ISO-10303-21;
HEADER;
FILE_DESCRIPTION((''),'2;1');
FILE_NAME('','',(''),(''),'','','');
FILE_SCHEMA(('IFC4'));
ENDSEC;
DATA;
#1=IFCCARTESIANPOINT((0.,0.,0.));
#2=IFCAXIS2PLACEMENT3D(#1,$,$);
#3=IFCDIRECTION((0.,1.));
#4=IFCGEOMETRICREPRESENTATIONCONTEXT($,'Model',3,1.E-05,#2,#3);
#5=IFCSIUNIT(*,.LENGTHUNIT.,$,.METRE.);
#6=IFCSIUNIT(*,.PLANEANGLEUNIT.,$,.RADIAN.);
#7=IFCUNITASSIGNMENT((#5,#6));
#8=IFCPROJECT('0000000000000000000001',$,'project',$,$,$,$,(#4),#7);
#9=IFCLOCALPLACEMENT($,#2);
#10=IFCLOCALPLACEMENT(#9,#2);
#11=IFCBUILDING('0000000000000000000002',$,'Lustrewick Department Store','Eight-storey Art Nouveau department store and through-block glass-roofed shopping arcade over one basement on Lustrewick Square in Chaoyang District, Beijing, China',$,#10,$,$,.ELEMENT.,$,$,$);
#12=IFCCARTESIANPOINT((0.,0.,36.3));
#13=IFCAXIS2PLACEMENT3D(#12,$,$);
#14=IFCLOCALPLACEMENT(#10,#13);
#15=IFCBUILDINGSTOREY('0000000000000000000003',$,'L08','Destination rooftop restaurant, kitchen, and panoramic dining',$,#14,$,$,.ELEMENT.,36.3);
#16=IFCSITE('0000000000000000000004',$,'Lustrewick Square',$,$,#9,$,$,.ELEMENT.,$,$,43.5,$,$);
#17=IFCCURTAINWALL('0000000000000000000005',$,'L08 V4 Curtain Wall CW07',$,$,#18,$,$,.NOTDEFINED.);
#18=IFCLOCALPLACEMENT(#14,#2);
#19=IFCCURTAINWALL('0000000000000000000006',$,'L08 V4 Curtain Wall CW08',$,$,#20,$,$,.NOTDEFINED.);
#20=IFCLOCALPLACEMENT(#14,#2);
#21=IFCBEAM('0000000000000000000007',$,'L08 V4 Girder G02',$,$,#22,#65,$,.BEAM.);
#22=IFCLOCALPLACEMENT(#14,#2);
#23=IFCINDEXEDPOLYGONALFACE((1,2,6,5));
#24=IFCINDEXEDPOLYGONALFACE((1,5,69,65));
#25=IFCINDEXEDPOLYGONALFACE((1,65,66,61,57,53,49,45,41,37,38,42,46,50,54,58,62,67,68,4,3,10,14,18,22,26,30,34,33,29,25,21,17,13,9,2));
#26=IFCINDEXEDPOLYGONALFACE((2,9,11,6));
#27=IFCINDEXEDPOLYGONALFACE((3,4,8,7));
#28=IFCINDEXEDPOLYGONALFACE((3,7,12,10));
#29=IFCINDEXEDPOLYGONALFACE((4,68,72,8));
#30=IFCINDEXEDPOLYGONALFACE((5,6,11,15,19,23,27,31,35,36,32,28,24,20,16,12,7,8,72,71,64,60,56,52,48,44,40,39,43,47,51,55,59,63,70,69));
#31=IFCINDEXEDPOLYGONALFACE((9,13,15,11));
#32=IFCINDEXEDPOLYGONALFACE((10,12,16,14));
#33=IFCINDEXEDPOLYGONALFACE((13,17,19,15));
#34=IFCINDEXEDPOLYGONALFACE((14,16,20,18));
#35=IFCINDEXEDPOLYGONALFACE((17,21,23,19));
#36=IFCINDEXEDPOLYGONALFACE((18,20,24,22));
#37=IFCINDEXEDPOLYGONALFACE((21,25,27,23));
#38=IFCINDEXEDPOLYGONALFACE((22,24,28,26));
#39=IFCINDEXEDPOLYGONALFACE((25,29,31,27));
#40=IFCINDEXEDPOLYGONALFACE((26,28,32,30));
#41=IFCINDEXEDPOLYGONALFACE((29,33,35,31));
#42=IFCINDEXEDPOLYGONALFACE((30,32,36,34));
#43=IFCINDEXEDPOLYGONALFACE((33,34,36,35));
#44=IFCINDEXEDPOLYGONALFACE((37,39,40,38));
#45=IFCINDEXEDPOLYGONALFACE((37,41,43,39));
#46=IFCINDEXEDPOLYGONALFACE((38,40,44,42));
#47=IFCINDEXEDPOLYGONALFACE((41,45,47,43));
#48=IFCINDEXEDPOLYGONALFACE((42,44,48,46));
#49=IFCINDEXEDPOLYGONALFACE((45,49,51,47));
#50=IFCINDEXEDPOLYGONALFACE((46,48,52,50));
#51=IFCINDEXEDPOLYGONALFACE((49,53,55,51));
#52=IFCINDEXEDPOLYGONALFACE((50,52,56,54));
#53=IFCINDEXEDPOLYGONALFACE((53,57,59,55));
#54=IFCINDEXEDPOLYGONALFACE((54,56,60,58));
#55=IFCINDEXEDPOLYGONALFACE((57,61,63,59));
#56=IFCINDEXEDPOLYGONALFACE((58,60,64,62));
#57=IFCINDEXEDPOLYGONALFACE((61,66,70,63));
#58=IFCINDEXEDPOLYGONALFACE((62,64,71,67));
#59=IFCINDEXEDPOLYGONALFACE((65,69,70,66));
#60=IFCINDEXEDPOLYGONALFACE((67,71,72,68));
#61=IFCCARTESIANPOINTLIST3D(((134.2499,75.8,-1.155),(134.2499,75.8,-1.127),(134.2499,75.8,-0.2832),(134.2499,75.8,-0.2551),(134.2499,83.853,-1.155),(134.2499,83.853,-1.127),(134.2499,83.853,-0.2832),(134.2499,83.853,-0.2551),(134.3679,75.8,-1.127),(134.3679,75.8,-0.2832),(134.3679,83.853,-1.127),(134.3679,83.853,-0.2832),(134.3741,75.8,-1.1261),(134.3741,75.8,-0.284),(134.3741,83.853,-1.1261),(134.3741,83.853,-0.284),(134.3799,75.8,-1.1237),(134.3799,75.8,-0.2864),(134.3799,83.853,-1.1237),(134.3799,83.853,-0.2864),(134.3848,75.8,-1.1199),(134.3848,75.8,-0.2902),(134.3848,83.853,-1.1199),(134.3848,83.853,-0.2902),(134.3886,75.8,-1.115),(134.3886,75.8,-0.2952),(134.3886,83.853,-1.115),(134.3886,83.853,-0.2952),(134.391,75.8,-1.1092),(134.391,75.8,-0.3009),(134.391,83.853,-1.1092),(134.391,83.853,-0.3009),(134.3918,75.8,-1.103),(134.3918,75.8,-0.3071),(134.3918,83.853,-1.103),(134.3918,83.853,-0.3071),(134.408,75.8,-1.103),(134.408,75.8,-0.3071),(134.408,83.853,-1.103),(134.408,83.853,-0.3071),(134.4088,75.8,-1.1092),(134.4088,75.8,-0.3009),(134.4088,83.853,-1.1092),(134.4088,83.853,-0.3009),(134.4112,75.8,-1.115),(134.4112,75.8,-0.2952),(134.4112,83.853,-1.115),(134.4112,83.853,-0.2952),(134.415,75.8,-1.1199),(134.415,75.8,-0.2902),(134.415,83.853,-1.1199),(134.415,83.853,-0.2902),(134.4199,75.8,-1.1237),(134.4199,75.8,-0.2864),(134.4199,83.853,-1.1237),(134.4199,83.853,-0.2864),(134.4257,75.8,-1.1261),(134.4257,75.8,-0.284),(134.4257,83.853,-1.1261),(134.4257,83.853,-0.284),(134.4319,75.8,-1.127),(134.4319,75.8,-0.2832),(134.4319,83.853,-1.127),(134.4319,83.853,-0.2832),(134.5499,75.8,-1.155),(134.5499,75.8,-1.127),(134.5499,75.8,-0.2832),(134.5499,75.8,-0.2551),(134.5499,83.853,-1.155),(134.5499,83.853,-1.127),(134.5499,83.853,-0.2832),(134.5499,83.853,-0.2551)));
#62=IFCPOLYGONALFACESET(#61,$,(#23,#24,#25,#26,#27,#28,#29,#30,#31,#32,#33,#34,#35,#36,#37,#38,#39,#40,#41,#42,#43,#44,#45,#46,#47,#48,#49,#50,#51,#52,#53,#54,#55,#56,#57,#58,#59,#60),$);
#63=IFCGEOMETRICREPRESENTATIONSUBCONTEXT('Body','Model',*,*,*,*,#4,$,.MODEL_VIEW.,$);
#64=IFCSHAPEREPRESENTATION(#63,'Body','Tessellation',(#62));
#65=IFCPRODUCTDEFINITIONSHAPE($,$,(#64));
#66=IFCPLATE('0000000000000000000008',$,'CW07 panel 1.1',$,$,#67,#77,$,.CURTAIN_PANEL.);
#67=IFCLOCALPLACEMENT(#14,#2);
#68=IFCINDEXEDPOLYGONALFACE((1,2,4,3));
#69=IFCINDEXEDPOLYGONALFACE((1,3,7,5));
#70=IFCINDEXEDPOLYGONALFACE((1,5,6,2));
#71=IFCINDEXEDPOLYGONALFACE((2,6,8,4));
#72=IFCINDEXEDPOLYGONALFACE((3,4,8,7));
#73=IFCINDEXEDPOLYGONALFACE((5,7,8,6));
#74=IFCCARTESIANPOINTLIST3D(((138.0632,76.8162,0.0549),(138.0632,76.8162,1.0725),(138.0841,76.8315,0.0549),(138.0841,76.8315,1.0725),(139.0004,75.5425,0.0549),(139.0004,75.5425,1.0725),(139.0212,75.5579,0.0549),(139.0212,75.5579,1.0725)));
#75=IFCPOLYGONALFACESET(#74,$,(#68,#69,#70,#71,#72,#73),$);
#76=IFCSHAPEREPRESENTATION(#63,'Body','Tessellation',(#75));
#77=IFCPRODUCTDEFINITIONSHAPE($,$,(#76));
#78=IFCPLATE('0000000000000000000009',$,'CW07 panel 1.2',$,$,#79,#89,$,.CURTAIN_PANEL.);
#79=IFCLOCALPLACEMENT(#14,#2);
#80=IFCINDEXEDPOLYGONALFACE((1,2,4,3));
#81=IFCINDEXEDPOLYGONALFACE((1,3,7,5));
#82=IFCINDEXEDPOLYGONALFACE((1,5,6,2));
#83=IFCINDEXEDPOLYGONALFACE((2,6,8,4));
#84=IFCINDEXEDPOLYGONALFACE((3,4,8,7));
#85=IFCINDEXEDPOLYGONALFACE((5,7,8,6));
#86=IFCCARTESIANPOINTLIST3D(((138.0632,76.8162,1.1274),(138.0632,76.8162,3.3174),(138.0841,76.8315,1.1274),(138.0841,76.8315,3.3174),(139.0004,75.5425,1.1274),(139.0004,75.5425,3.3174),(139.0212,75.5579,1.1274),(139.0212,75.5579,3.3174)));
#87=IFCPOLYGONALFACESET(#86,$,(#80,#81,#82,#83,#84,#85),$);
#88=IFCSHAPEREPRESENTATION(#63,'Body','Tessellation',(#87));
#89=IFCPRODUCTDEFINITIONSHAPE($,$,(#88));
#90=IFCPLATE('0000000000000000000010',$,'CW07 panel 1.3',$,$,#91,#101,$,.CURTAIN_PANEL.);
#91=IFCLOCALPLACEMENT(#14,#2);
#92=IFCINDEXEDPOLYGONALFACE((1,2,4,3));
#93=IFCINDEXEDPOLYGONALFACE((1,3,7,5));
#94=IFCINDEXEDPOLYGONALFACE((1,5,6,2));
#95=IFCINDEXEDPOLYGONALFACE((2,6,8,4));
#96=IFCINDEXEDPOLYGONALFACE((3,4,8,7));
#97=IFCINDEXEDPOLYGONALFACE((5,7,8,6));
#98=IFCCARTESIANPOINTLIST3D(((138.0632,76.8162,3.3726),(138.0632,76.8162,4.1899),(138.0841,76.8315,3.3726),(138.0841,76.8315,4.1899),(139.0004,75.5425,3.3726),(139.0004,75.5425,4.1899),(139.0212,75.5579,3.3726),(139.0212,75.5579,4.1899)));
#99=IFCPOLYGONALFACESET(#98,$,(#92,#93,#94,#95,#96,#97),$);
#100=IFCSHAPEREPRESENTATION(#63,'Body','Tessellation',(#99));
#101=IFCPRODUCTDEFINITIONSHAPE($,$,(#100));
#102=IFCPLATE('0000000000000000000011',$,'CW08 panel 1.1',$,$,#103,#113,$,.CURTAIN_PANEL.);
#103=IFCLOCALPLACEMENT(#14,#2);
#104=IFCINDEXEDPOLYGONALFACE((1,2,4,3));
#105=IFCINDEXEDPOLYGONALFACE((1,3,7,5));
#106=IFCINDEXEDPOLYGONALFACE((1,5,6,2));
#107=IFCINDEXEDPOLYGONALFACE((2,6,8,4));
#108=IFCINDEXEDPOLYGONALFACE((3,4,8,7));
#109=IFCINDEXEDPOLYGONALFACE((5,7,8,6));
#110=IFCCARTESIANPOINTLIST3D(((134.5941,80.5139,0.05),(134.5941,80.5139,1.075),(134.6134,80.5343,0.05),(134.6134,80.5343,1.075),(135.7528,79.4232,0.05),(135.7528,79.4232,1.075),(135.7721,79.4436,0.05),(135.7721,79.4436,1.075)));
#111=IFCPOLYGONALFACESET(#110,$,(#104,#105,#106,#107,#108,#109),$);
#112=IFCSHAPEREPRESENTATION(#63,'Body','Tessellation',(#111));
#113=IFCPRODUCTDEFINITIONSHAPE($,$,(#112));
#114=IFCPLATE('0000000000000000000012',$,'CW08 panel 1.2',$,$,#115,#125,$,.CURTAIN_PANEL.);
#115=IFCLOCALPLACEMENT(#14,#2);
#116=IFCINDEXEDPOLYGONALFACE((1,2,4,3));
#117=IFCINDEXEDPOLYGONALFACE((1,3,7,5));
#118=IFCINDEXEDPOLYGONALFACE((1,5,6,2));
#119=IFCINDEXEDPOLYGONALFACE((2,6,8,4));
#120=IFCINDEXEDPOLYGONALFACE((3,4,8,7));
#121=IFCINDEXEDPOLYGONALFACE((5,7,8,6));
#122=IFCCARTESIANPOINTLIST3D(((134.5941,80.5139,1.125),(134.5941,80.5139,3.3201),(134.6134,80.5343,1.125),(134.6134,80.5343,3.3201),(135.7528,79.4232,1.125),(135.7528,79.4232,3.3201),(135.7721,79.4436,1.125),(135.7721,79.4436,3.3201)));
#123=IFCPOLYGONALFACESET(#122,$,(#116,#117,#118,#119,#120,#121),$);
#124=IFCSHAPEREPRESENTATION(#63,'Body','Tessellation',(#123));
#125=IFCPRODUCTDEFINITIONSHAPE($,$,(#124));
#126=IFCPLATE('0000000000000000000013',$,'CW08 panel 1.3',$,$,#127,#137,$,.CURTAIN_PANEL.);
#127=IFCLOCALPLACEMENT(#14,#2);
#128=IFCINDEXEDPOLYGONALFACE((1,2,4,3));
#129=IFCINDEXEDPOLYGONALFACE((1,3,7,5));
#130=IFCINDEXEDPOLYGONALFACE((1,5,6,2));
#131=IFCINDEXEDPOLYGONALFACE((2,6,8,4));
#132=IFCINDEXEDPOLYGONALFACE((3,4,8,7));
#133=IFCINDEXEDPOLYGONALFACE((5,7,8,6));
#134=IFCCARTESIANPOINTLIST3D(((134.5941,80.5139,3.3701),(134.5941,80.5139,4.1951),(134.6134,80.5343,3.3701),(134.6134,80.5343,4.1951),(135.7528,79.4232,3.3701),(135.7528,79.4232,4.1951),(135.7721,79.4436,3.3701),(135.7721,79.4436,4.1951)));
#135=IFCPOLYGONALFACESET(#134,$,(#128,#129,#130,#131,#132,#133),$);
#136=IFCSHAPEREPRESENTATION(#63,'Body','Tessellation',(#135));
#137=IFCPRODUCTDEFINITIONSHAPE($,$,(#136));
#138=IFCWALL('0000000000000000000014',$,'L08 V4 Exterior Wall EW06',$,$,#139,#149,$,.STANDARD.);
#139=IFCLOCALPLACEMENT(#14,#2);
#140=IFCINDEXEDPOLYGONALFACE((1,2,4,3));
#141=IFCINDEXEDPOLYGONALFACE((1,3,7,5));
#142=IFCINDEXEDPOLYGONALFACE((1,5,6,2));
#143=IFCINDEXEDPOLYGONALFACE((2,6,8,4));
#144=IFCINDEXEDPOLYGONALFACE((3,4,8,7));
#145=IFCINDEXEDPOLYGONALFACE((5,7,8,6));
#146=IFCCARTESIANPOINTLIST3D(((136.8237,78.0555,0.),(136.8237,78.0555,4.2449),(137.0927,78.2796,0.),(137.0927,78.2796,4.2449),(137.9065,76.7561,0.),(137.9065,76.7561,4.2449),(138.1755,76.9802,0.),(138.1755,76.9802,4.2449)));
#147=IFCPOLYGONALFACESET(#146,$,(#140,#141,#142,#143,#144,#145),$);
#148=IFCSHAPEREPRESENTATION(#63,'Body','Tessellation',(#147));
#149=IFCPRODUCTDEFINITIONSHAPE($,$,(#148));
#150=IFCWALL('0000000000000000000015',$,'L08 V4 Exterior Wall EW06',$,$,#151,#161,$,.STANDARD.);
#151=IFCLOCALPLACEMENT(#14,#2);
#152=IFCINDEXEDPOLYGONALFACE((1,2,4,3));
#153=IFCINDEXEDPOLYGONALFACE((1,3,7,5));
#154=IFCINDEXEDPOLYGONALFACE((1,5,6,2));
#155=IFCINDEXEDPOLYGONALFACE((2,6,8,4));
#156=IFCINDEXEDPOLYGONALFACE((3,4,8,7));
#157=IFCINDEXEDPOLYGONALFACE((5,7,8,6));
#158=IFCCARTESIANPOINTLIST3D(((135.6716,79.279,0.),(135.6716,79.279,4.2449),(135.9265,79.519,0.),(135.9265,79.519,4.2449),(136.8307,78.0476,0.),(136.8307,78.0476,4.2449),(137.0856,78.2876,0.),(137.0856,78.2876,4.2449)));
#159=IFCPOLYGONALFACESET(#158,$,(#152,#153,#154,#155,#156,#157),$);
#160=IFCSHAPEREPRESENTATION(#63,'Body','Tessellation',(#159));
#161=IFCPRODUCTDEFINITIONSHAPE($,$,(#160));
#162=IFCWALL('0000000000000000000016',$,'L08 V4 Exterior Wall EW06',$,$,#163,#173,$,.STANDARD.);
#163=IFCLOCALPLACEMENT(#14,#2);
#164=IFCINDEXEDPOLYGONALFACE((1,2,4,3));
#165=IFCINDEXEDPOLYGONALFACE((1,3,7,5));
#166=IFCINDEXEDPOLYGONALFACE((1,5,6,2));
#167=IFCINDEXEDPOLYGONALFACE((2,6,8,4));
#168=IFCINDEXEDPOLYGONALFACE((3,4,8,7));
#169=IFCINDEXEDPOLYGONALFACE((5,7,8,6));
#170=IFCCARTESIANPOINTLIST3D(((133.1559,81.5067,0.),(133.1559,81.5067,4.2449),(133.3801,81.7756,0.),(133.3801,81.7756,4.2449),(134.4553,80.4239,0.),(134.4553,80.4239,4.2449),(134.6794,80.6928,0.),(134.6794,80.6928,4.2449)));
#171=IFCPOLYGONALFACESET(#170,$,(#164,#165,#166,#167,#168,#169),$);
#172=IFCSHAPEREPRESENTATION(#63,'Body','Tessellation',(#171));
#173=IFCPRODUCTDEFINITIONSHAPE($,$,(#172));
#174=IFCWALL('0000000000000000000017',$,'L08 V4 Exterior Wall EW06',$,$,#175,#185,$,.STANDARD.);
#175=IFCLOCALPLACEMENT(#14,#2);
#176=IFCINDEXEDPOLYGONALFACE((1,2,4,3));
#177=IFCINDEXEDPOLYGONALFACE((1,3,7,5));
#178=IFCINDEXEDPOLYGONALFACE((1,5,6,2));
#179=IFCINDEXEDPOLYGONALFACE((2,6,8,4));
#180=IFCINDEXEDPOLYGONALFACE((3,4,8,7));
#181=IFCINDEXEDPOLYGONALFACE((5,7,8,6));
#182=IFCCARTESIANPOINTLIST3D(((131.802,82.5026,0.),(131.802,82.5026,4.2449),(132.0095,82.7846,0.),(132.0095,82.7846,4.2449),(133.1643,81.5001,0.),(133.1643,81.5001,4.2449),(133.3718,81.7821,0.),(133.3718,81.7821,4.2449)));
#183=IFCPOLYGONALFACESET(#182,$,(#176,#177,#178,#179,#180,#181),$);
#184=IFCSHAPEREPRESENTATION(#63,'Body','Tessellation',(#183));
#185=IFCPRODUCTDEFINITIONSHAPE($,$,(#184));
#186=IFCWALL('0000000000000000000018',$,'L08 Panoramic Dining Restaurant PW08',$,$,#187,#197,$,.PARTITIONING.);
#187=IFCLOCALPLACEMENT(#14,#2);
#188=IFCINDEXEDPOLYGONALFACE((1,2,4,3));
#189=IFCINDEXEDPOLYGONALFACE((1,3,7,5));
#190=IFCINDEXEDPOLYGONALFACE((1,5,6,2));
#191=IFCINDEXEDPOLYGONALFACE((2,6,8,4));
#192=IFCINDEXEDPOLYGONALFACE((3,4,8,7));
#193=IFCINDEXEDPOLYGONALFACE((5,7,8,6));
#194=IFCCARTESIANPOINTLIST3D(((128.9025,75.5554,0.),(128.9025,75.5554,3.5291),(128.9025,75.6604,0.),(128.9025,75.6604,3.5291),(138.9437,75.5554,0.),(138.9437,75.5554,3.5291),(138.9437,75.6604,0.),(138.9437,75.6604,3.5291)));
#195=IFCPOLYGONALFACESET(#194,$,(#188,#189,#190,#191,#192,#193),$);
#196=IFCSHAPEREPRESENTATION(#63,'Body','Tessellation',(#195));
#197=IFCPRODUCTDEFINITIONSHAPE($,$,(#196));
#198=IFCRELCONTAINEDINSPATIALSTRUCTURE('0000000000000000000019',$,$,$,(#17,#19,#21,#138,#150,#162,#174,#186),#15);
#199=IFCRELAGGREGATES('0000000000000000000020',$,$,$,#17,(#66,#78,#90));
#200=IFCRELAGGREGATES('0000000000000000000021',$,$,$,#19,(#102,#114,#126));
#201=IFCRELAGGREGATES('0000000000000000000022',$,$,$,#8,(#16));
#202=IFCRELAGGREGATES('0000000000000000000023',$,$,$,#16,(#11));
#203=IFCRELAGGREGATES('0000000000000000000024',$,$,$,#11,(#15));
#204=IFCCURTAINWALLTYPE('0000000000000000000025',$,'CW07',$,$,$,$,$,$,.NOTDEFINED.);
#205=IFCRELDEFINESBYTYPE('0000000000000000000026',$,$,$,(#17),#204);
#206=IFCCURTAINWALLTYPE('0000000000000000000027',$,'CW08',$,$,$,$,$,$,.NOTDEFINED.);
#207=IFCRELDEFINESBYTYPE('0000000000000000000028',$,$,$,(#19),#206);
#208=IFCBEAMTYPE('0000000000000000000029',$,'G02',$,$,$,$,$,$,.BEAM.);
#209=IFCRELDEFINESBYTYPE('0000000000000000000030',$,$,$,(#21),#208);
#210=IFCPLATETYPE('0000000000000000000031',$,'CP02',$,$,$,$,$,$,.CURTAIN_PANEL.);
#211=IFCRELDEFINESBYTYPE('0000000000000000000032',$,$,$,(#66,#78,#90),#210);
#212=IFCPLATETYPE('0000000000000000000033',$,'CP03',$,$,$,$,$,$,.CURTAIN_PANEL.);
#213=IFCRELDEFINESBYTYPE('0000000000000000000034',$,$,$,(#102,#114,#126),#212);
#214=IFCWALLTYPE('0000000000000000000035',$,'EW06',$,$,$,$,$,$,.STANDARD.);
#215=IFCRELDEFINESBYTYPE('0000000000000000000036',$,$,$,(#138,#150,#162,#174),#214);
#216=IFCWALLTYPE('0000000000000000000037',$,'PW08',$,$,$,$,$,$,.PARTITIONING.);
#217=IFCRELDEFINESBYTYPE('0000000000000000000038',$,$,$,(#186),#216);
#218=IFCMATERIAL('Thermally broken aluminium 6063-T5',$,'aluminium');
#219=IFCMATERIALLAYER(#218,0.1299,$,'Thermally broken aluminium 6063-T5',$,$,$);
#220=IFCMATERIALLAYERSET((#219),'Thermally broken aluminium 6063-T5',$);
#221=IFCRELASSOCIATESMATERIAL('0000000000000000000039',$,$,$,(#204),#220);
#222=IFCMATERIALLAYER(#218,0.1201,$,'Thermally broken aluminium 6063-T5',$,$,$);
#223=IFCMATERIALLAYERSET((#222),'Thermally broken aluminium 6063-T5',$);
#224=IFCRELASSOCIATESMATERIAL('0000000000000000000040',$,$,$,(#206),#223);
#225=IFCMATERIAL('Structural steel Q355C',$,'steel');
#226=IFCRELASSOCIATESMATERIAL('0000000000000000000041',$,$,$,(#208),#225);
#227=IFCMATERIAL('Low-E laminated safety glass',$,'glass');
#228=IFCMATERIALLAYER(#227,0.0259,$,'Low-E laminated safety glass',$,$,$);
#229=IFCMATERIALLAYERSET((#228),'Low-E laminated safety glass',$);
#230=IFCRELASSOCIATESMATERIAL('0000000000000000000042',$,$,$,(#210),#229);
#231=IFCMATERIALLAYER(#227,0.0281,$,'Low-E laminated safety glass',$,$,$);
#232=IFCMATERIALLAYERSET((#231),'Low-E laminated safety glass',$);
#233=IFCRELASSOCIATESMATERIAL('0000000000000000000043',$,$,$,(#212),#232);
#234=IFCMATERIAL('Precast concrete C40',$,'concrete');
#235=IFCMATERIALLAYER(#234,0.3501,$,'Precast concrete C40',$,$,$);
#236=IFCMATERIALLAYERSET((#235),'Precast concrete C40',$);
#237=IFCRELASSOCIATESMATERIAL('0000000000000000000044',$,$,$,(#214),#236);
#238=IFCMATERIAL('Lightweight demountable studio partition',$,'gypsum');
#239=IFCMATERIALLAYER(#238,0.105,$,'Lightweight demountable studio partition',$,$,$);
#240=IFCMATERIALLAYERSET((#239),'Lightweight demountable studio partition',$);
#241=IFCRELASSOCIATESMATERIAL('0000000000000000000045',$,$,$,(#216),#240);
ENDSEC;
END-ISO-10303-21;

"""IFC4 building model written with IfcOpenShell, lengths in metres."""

from ifc_helpers import new_model, si_unit, direction, frame, frame_2d, origin, origin_2d, place, context, subcontext, project, spatial, rectangle, i_section, extrude, material, layer, layer_set, material_profile, profile_set, type_object, element, aggregate, save


model = new_model("IFC4")

# Units and contexts
model_context = context("Model", 3, precision=1e-05, world=origin(), true_north=direction((0.0, 1.0)))
body_context = subcontext(model_context, "Body", "Model", "MODEL_VIEW")
ifc_project = project(units=[si_unit("LENGTHUNIT", "METRE"), si_unit("PLANEANGLEUNIT", "RADIAN")], contexts=[model_context])

# Site, building, storey
site_placement = place(None, origin())
site = spatial("IfcSite", under=ifc_project, at=site_placement, Name="Lustrewick Square", CompositionType="ELEMENT", RefElevation=43.5)
building_placement = place(site_placement, origin())
building = spatial("IfcBuilding", under=site, at=building_placement, Name="Lustrewick Department Store", Description="Eight-storey Art Nouveau department store and through-block glass-roofed shopping arcade over one basement on Lustrewick Square in Chaoyang District, Beijing, China", CompositionType="ELEMENT")
storey_placement = place(building_placement, frame((0.0, 0.0, 36.3)))
storey = spatial("IfcBuildingStorey", under=building, at=storey_placement, Name="L08", Description="Destination rooftop restaurant, kitchen, and panoramic dining", CompositionType="ELEMENT", Elevation=36.3)

# Curtain wall
ifc_material_1 = material(Name="Thermally broken aluminium 6063-T5", Category="aluminium")
ifc_layer_1 = layer(ifc_material_1, 0.1299, Name="Thermally broken aluminium 6063-T5")
ifc_layer_set_1 = layer_set([ifc_layer_1], Name="Thermally broken aluminium 6063-T5")
curtain_wall_type_1 = type_object("IfcCurtainWallType", Name="CW07", PredefinedType="NOTDEFINED", material=ifc_layer_set_1)
curtain_wall_1_placement = place(storey_placement, origin())
curtain_wall_1 = element("IfcCurtainWall", 1, at=curtain_wall_1_placement, inside=storey, type_object=curtain_wall_type_1, Name="L08 V4 Curtain Wall CW07", PredefinedType="NOTDEFINED")

# Curtain wall
ifc_layer_2 = layer(ifc_material_1, 0.1201, Name="Thermally broken aluminium 6063-T5")
ifc_layer_set_2 = layer_set([ifc_layer_2], Name="Thermally broken aluminium 6063-T5")
curtain_wall_type_2 = type_object("IfcCurtainWallType", Name="CW08", PredefinedType="NOTDEFINED", material=ifc_layer_set_2)
curtain_wall_2_placement = place(storey_placement, origin())
curtain_wall_2 = element("IfcCurtainWall", 2, at=curtain_wall_2_placement, inside=storey, type_object=curtain_wall_type_2, Name="L08 V4 Curtain Wall CW08", PredefinedType="NOTDEFINED")

# Beam
ifc_material_2 = material(Name="Structural steel Q355C", Category="steel")
ifc_material_profile_1 = material_profile(ifc_material_2, i_section(OverallWidth=0.3, OverallDepth=0.8999, WebThickness=0.0161, FlangeThickness=0.0281, FilletRadius=0.0239, at=origin_2d()), Name="HN 900x300x16x28")
ifc_profile_set_1 = profile_set([ifc_material_profile_1], Name="Structural steel Q355C")
beam_type = type_object("IfcBeamType", Name="G02", PredefinedType="BEAM", material=ifc_profile_set_1)
beam_placement = place(storey_placement, frame((134.3999, 75.8, -0.7051), z_axis=(0.0, 1.0, 0.0), x_axis=(-1.0, 0.0, 0.0)))
element("IfcBeam", 3, at=beam_placement, inside=storey, type_object=beam_type, Name="L08 V4 Girder G02", PredefinedType="BEAM", context=body_context, shape_type="SweptSolid", body=[
    extrude(i_section(OverallWidth=0.3, OverallDepth=0.8999, WebThickness=0.0161, FlangeThickness=0.0281, FilletRadius=0.0239, at=origin_2d()), origin(), (0.0, 0.0, 1.0), 8.053),
])

# Plates
ifc_material_3 = material(Name="Low-E laminated safety glass", Category="glass")
ifc_layer_3 = layer(ifc_material_3, 0.0259, Name="Low-E laminated safety glass")
ifc_layer_set_3 = layer_set([ifc_layer_3], Name="Low-E laminated safety glass")
plate_type_1 = type_object("IfcPlateType", Name="CP02", PredefinedType="CURTAIN_PANEL", material=ifc_layer_set_3)
plate_1_placement = place(storey_placement, frame((138.5422, 76.187, 0.0549), z_axis=(0.0, 0.0, 1.0), x_axis=(-0.592662, 0.805451, 0.0)))
plate_1 = element("IfcPlate", 4, at=plate_1_placement, type_object=plate_type_1, Name="CW07 panel 1.1", PredefinedType="CURTAIN_PANEL", context=body_context, shape_type="SweptSolid", body=[
    extrude(rectangle(XDim=1.5813, YDim=0.0259, at=origin_2d()), origin(), (0.0, 0.0, 1.0), 1.0176),
])
plate_2_placement = place(storey_placement, frame((138.5422, 76.187, 1.1274), z_axis=(0.0, 0.0, 1.0), x_axis=(-0.592662, 0.805451, 0.0)))
plate_2 = element("IfcPlate", 5, at=plate_2_placement, type_object=plate_type_1, Name="CW07 panel 1.2", PredefinedType="CURTAIN_PANEL", context=body_context, shape_type="SweptSolid", body=[
    extrude(rectangle(XDim=1.5813, YDim=0.0259, at=origin_2d()), origin(), (0.0, 0.0, 1.0), 2.1899),
])
plate_3_placement = place(storey_placement, frame((138.5422, 76.187, 3.3726), z_axis=(0.0, 0.0, 1.0), x_axis=(-0.592662, 0.805451, 0.0)))
plate_3 = element("IfcPlate", 6, at=plate_3_placement, type_object=plate_type_1, Name="CW07 panel 1.3", PredefinedType="CURTAIN_PANEL", context=body_context, shape_type="SweptSolid", body=[
    extrude(rectangle(XDim=1.5813, YDim=0.0259, at=origin_2d()), origin(), (0.0, 0.0, 1.0), 0.8174),
])
aggregate(curtain_wall_1, [plate_1, plate_2, plate_3])
ifc_layer_4 = layer(ifc_material_3, 0.0281, Name="Low-E laminated safety glass")
ifc_layer_set_4 = layer_set([ifc_layer_4], Name="Low-E laminated safety glass")
plate_type_2 = type_object("IfcPlateType", Name="CP03", PredefinedType="CURTAIN_PANEL", material=ifc_layer_set_4)
plate_4_placement = place(storey_placement, frame((135.1831, 79.9788, 0.05), z_axis=(0.0, 0.0, 1.0), x_axis=(-0.728157, 0.685411, 0.0)))
plate_4 = element("IfcPlate", 7, at=plate_4_placement, type_object=plate_type_2, Name="CW08 panel 1.1", PredefinedType="CURTAIN_PANEL", context=body_context, shape_type="SweptSolid", body=[
    extrude(rectangle(XDim=1.5913, YDim=0.0281, at=origin_2d()), origin(), (0.0, 0.0, 1.0), 1.0249),
])
plate_5_placement = place(storey_placement, frame((135.1831, 79.9788, 1.125), z_axis=(0.0, 0.0, 1.0), x_axis=(-0.728157, 0.685411, 0.0)))
plate_5 = element("IfcPlate", 8, at=plate_5_placement, type_object=plate_type_2, Name="CW08 panel 1.2", PredefinedType="CURTAIN_PANEL", context=body_context, shape_type="SweptSolid", body=[
    extrude(rectangle(XDim=1.5913, YDim=0.0281, at=origin_2d()), origin(), (0.0, 0.0, 1.0), 2.1951),
])
plate_6_placement = place(storey_placement, frame((135.1831, 79.9788, 3.3701), z_axis=(0.0, 0.0, 1.0), x_axis=(-0.728157, 0.685411, 0.0)))
plate_6 = element("IfcPlate", 9, at=plate_6_placement, type_object=plate_type_2, Name="CW08 panel 1.3", PredefinedType="CURTAIN_PANEL", context=body_context, shape_type="SweptSolid", body=[
    extrude(rectangle(XDim=1.5913, YDim=0.0281, at=origin_2d()), origin(), (0.0, 0.0, 1.0), 0.825),
])
aggregate(curtain_wall_2, [plate_4, plate_5, plate_6])

# Walls
ifc_material_4 = material(Name="Precast concrete C40", Category="concrete")
ifc_layer_5 = layer(ifc_material_4, 0.3501, Name="Precast concrete C40")
ifc_layer_set_5 = layer_set([ifc_layer_5], Name="Precast concrete C40")
wall_type_1 = type_object("IfcWallType", Name="EW06", PredefinedType="STANDARD", material=ifc_layer_set_5)
wall_1_placement = place(storey_placement, frame((138.041, 76.8682, 0.0), z_axis=(0.0, 0.0, 1.0), x_axis=(-0.640184, 0.768221, 0.0)))
element("IfcWall", 10, at=wall_1_placement, inside=storey, type_object=wall_type_1, Name="L08 V4 Exterior Wall EW06", PredefinedType="STANDARD", context=body_context, shape_type="SweptSolid", body=[
    extrude(rectangle(XDim=1.6914, YDim=0.3501, at=frame_2d((0.8457, 0.0))), origin(), (0.0, 0.0, 1.0), 4.2449),
])
wall_2_placement = place(storey_placement, frame((136.9583, 78.1675, 0.0), z_axis=(0.0, 0.0, 1.0), x_axis=(-0.685419, 0.728149, 0.0)))
element("IfcWall", 11, at=wall_2_placement, inside=storey, type_object=wall_type_1, Name="L08 V4 Exterior Wall EW06", PredefinedType="STANDARD", context=body_context, shape_type="SweptSolid", body=[
    extrude(rectangle(XDim=1.6912, YDim=0.3501, at=frame_2d((0.8457, 0.0))), origin(), (0.0, 0.0, 1.0), 4.2449),
])
for number, where, z_axis, x_axis, name in (
    (12, (134.5674, 80.5583, 0.0), (0.0, 0.0, 1.0), (-0.768221, 0.640184, 0.0), "L08 V4 Exterior Wall EW06"),
    (13, (133.2681, 81.6411, 0.0), (0.0, 0.0, 1.0), (-0.80544, 0.592677, 0.0), "L08 V4 Exterior Wall EW06"),
):
    element("IfcWall", number, at=place(storey_placement, frame(where, z_axis=z_axis, x_axis=x_axis)), inside=storey, type_object=wall_type_1, Name=name, PredefinedType="STANDARD", context=body_context, shape_type="SweptSolid", body=[
        extrude(rectangle(XDim=1.6914, YDim=0.3501, at=frame_2d((0.8457, 0.0))), origin(), (0.0, 0.0, 1.0), 4.2449),
    ])
ifc_material_5 = material(Name="Lightweight demountable studio partition", Category="gypsum")
ifc_layer_6 = layer(ifc_material_5, 0.105, Name="Lightweight demountable studio partition")
ifc_layer_set_6 = layer_set([ifc_layer_6], Name="Lightweight demountable studio partition")
wall_type_2 = type_object("IfcWallType", Name="PW08", PredefinedType="PARTITIONING", material=ifc_layer_set_6)
wall_3_placement = place(storey_placement, frame((138.9436, 75.6079, 0.0), z_axis=(0.0, 0.0, 1.0), x_axis=(-1.0, 0.0, 0.0)))
element("IfcWall", 14, at=wall_3_placement, inside=storey, type_object=wall_type_2, Name="L08 Panoramic Dining Restaurant PW08", PredefinedType="PARTITIONING", context=body_context, shape_type="SweptSolid", body=[
    extrude(rectangle(XDim=10.0413, YDim=0.105, at=frame_2d((5.0205, 0.0))), origin(), (0.0, 0.0, 1.0), 3.5291),
])

save(model, "model.ifc")
